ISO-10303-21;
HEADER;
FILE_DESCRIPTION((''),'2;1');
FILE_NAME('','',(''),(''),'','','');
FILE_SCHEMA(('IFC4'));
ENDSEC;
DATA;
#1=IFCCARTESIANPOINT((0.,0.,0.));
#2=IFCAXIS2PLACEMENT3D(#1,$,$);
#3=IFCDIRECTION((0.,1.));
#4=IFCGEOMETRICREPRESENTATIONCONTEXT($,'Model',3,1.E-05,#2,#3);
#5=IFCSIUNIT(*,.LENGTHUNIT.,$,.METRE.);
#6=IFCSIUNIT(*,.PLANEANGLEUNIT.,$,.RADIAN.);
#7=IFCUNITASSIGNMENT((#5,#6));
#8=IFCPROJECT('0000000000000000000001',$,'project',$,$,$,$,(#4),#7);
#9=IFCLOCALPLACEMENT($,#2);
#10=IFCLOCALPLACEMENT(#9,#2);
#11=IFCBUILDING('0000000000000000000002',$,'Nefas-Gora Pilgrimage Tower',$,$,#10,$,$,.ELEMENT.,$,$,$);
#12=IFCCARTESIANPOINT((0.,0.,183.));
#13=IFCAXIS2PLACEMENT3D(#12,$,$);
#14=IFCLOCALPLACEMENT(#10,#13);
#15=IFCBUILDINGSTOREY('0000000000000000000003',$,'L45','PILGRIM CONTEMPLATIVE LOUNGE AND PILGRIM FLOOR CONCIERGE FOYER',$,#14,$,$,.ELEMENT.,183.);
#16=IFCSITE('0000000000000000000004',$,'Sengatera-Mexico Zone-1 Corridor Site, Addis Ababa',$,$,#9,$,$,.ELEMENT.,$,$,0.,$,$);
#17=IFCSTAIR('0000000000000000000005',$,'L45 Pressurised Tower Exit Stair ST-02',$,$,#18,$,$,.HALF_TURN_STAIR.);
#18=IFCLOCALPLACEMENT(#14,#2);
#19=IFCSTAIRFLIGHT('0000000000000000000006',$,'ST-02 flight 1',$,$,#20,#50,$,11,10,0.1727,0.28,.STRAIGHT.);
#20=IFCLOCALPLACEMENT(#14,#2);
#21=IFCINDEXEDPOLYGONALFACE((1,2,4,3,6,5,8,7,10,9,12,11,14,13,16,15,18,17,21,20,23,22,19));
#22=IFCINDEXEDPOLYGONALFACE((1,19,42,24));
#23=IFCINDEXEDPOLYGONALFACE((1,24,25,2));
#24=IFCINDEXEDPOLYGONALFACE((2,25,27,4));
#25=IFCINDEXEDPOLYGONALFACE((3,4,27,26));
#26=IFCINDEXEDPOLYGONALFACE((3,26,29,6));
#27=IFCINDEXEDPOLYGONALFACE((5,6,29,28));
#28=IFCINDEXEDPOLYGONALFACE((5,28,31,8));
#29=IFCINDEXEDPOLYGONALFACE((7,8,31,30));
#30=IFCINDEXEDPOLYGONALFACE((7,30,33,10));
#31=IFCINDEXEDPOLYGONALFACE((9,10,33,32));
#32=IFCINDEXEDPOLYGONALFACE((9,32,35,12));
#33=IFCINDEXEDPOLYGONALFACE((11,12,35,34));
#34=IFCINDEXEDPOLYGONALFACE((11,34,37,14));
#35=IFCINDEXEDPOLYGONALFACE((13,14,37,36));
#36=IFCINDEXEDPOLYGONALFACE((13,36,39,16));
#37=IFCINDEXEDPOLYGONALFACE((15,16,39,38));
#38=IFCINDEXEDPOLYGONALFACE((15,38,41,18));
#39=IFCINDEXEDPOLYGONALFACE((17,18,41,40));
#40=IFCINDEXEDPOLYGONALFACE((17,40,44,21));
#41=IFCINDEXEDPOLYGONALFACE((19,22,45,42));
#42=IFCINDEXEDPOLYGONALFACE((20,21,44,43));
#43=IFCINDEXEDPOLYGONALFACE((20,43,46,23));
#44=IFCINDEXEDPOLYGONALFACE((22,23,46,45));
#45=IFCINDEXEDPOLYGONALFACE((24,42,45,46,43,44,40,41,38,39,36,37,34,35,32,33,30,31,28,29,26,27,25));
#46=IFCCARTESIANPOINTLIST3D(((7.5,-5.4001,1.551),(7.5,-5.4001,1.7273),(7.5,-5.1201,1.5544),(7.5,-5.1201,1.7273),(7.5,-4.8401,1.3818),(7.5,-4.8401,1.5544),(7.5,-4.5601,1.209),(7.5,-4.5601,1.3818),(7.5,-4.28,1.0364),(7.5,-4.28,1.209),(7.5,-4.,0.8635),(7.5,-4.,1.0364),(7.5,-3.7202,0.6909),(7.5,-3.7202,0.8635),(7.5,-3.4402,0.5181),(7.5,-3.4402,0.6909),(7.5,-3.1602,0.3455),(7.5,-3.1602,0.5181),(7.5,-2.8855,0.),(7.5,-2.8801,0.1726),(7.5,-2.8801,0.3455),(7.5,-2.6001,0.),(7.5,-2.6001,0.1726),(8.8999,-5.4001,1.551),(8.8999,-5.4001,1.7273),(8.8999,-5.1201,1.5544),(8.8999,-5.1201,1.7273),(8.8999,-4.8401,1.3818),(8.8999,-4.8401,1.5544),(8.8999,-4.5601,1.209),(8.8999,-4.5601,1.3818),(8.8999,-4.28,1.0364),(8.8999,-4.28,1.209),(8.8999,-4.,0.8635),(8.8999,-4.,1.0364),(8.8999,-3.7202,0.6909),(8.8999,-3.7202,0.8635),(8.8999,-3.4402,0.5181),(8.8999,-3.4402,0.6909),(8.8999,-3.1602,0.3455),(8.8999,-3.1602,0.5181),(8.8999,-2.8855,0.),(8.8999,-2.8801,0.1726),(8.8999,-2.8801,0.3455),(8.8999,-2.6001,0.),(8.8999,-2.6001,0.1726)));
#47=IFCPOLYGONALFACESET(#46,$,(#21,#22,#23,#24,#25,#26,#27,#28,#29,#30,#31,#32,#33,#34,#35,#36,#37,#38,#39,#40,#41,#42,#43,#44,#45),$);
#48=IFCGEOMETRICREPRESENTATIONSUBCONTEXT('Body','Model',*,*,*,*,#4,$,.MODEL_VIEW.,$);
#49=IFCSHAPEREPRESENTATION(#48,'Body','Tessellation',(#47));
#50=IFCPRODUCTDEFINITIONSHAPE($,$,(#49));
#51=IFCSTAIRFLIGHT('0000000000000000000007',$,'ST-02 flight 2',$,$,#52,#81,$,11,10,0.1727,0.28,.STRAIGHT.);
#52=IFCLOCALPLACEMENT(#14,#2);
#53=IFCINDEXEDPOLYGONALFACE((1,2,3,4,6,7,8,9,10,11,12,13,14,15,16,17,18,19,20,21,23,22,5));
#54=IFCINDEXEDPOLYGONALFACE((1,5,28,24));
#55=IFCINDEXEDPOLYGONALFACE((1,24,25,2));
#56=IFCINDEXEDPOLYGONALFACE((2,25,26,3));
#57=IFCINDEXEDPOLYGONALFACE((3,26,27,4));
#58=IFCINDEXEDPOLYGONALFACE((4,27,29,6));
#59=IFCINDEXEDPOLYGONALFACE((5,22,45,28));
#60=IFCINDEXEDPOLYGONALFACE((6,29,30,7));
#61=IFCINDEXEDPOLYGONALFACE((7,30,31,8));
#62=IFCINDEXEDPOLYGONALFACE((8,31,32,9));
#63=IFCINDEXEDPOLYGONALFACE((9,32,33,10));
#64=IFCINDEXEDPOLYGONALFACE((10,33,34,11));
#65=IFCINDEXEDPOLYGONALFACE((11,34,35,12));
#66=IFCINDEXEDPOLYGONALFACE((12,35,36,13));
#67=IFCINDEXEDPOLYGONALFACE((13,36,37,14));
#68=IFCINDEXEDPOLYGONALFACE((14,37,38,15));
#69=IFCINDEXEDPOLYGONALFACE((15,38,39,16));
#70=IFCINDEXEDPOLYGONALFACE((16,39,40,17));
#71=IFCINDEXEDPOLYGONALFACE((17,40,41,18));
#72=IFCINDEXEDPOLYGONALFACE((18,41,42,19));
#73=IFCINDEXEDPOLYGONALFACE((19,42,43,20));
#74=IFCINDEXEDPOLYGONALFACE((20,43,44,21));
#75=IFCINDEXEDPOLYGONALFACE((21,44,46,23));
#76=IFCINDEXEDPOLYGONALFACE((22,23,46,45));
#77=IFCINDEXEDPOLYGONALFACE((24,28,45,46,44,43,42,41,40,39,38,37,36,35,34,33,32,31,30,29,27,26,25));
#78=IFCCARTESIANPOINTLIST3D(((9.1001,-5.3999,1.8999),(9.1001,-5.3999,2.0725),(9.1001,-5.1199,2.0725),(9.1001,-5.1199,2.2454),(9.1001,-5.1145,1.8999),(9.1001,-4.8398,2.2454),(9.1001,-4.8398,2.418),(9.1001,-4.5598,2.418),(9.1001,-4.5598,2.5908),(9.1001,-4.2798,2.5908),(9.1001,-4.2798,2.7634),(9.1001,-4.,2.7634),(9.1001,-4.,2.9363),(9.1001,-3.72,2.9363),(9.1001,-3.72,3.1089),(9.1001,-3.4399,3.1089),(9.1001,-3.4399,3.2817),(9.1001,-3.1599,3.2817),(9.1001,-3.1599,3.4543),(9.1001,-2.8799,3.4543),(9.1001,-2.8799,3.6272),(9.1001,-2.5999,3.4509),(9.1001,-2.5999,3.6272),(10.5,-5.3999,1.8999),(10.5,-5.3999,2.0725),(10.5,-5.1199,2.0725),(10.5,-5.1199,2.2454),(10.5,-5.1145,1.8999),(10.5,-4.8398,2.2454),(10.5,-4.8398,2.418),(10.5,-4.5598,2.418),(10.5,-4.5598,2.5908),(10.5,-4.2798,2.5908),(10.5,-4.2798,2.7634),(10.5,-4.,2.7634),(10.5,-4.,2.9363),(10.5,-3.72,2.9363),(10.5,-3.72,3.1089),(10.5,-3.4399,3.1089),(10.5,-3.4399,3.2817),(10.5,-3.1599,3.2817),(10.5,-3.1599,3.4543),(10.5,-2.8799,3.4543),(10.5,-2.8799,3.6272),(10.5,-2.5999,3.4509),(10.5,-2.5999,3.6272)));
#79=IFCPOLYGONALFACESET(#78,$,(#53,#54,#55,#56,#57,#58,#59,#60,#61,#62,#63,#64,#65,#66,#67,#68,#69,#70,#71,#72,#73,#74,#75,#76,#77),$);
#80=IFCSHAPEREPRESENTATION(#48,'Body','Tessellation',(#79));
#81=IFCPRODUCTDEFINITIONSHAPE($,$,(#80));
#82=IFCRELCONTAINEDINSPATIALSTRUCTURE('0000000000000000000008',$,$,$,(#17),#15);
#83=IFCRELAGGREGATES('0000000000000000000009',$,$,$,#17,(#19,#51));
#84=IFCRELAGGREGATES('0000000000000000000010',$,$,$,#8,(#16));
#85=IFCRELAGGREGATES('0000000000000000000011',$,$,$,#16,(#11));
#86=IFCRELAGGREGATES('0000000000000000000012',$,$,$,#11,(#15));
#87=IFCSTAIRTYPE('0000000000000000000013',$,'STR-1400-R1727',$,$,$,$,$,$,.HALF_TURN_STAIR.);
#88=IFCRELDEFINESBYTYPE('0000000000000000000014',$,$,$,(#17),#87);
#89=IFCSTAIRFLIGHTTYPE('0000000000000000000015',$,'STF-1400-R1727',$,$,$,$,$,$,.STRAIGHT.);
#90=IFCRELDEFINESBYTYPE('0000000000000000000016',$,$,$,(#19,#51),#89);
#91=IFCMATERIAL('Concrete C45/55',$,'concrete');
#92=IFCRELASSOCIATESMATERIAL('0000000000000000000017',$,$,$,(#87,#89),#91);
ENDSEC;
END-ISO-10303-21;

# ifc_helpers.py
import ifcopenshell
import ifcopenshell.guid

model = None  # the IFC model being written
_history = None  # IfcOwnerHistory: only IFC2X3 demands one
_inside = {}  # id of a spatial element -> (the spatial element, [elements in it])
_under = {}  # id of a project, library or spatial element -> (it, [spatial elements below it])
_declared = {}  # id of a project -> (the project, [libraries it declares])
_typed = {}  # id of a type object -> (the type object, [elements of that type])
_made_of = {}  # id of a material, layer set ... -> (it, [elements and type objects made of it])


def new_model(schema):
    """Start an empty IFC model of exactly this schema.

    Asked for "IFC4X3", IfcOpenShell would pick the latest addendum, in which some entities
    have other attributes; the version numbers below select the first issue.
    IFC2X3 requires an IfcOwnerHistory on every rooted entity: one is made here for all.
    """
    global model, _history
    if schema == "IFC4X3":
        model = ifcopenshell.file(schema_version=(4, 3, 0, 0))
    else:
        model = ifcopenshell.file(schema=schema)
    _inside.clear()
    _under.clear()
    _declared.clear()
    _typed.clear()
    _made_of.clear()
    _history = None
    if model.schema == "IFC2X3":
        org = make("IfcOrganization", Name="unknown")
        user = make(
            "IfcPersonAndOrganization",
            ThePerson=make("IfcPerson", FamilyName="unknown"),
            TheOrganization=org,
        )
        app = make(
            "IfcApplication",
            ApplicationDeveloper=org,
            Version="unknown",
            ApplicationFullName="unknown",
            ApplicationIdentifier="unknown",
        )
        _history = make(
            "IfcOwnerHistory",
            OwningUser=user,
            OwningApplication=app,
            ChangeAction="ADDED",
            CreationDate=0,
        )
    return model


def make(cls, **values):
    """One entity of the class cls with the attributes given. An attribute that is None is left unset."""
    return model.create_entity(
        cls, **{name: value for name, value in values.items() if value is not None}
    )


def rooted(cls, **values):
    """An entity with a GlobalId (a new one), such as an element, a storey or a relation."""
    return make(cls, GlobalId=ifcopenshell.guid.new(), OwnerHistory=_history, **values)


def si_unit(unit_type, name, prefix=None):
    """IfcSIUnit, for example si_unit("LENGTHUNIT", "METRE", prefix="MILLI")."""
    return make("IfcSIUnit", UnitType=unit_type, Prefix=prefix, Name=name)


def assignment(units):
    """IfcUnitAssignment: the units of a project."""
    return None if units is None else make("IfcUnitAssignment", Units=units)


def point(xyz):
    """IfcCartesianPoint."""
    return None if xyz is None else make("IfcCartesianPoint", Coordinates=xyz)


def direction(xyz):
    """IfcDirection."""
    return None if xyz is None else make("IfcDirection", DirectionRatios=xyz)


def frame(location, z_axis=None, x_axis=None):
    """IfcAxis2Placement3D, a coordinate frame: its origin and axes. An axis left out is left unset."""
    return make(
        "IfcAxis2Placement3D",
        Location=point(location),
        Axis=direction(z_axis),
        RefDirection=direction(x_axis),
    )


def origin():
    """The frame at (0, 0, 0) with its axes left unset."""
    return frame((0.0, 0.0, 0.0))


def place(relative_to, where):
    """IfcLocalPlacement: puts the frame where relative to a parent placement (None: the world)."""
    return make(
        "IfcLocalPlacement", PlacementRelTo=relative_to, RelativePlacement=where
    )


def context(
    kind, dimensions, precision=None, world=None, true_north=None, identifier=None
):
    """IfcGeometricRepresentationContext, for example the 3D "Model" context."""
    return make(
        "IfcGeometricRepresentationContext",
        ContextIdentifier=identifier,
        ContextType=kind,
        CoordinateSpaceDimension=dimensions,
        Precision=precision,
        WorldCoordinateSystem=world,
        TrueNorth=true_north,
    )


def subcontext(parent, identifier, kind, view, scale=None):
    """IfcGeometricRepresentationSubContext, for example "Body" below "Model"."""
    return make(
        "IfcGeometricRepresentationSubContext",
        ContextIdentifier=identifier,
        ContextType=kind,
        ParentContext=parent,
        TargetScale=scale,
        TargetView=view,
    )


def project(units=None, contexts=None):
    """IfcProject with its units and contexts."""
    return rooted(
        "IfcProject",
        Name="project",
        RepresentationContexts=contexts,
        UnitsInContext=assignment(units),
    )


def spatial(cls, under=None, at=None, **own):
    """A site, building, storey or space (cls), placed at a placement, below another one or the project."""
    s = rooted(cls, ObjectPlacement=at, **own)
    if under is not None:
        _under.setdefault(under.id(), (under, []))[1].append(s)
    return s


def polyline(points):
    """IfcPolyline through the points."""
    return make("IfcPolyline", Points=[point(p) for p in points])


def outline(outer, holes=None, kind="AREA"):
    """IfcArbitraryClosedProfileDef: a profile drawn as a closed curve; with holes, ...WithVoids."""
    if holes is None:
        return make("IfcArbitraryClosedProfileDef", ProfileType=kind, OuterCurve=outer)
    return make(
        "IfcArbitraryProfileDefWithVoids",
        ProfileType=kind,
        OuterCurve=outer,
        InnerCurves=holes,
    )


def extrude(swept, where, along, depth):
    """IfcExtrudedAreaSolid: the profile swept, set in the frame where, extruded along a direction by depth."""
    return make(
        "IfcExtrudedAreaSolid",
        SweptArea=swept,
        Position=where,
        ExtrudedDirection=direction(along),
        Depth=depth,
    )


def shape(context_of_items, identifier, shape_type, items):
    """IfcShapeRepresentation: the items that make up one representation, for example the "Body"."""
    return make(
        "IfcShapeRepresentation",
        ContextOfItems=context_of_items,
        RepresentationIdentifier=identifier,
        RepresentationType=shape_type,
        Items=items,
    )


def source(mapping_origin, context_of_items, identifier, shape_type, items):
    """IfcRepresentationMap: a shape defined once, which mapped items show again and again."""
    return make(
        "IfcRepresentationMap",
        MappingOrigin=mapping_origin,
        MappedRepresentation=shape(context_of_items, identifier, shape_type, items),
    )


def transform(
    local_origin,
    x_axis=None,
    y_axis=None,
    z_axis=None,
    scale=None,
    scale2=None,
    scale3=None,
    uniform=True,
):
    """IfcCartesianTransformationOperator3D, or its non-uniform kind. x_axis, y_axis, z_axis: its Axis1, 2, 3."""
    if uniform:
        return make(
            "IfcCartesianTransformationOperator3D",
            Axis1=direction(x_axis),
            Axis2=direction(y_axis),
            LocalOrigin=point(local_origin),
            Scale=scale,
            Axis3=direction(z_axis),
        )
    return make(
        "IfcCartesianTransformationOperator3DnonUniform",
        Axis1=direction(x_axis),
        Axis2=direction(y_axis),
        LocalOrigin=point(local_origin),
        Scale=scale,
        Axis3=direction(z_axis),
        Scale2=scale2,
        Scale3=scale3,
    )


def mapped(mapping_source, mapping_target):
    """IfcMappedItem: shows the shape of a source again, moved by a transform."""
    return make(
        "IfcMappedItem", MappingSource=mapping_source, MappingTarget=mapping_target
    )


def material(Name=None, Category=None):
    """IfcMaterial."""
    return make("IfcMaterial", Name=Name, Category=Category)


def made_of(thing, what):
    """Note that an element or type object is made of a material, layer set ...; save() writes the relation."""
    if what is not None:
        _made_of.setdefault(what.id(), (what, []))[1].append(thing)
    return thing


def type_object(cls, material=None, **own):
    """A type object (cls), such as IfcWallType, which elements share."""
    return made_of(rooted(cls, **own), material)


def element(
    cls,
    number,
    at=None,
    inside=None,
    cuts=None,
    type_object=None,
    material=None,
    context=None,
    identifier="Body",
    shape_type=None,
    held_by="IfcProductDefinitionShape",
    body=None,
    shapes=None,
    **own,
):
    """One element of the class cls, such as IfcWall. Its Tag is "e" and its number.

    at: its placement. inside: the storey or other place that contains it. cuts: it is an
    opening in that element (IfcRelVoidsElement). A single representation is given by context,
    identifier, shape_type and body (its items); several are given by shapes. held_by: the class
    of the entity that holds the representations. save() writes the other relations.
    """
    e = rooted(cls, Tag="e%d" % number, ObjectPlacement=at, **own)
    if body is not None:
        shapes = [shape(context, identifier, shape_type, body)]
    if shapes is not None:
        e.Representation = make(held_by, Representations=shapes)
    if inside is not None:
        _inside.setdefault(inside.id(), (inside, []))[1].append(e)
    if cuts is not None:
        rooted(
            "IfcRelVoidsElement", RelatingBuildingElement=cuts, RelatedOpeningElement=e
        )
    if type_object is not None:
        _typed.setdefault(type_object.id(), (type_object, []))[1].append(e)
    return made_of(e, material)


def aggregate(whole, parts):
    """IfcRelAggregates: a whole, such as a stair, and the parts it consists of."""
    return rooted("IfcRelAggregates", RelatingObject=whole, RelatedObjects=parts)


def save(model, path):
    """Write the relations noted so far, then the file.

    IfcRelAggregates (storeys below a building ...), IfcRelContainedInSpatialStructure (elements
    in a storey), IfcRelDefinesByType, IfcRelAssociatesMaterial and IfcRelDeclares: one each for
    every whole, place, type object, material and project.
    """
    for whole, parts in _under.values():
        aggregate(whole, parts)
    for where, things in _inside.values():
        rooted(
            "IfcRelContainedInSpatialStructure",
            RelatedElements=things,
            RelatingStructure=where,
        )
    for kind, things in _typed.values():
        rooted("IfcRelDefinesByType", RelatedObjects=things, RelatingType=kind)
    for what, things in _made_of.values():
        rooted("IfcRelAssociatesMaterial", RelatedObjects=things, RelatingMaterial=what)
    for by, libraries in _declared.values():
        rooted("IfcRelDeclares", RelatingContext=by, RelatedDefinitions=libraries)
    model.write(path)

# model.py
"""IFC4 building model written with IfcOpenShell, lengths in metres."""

from ifc_helpers import new_model, si_unit, direction, frame, origin, place, context, subcontext, project, spatial, polyline, outline, extrude, source, transform, mapped, material, type_object, element, aggregate, save


model = new_model("IFC4")

# Units and contexts
model_context = context("Model", 3, precision=1e-05, world=origin(), true_north=direction((0.0, 1.0)))
body_context = subcontext(model_context, "Body", "Model", "MODEL_VIEW")
ifc_project = project(units=[si_unit("LENGTHUNIT", "METRE"), si_unit("PLANEANGLEUNIT", "RADIAN")], contexts=[model_context])

# Site, building, storey
site_placement = place(None, origin())
site = spatial("IfcSite", under=ifc_project, at=site_placement, Name="Sengatera-Mexico Zone-1 Corridor Site, Addis Ababa", CompositionType="ELEMENT", RefElevation=0.0)
building_placement = place(site_placement, origin())
building = spatial("IfcBuilding", under=site, at=building_placement, Name="Nefas-Gora Pilgrimage Tower", CompositionType="ELEMENT")
storey_placement = place(building_placement, frame((0.0, 0.0, 183.0)))
storey = spatial("IfcBuildingStorey", under=building, at=storey_placement, Name="L45", Description="PILGRIM CONTEMPLATIVE LOUNGE AND PILGRIM FLOOR CONCIERGE FOYER", CompositionType="ELEMENT", Elevation=183.0)

# Shared definitions
ifc_material_1 = material(Name="Concrete C45/55", Category="concrete")

# Stair, stair flights
stair_type = type_object("IfcStairType", Name="STR-1400-R1727", PredefinedType="HALF_TURN_STAIR", material=ifc_material_1)
stair_placement = place(storey_placement, origin())
stair = element("IfcStair", 1, at=stair_placement, inside=storey, type_object=stair_type, Name="L45 Pressurised Tower Exit Stair ST-02", PredefinedType="HALF_TURN_STAIR")
stair_flight_type = type_object("IfcStairFlightType", Name="STF-1400-R1727", PredefinedType="STRAIGHT", material=ifc_material_1)
shared_shape_1 = source(origin(), body_context, "Body", "SweptSolid", [
    extrude(outline(polyline([(0.0, 0.0), (0.0, 0.1726), (0.28, 0.1726), (0.28, 0.3455), (0.5601, 0.3455), (0.5601, 0.5181), (0.8401, 0.5181), (0.8401, 0.6909), (1.1201, 0.6909), (1.1201, 0.8635), (1.3999, 0.8635), (1.3999, 1.0364), (1.6799, 1.0364), (1.6799, 1.209), (1.96, 1.209), (1.96, 1.3818), (2.24, 1.3818), (2.24, 1.5544), (2.52, 1.5544), (2.52, 1.7273), (2.8, 1.7273), (2.8, 1.8999), (2.8, 1.551), (0.2854, 0.0), (0.0, 0.0)])), frame((0.0, 0.7, 0.0), z_axis=(0.0, -1.0, 0.0), x_axis=(1.0, 0.0, 0.0)), (0.0, 0.0, 1.0), 1.3999),
])
stair_flight_1_placement = place(storey_placement, frame((8.2, -2.6001, 0.0), z_axis=(0.0, 0.0, 1.0), x_axis=(0.0, -1.0, 0.0)))
stair_flight_1 = element("IfcStairFlight", 2, at=stair_flight_1_placement, type_object=stair_flight_type, Name="ST-02 flight 1", NumberOfRisers=11, NumberOfTreads=10, PredefinedType="STRAIGHT", RiserHeight=0.1727, TreadLength=0.28, context=body_context, shape_type="MappedRepresentation", body=[
    mapped(shared_shape_1, transform((0.0, 0.0, 0.0), x_axis=(1.0, 0.0, 0.0), y_axis=(0.0, 1.0, 0.0), z_axis=(0.0, 0.0, 1.0), scale=1.0)),
])
stair_flight_2_placement = place(storey_placement, frame((9.8, -5.3999, 1.8999), z_axis=(0.0, 0.0, 1.0), x_axis=(0.0, 1.0, 0.0)))
stair_flight_2 = element("IfcStairFlight", 3, at=stair_flight_2_placement, type_object=stair_flight_type, Name="ST-02 flight 2", NumberOfRisers=11, NumberOfTreads=10, PredefinedType="STRAIGHT", RiserHeight=0.1727, TreadLength=0.28, context=body_context, shape_type="MappedRepresentation", body=[
    mapped(shared_shape_1, transform((0.0, 0.0, 0.0), x_axis=(1.0, 0.0, 0.0), y_axis=(0.0, 1.0, 0.0), z_axis=(0.0, 0.0, 1.0), scale=1.0)),
])
aggregate(stair, [stair_flight_1, stair_flight_2])

save(model, "model.ifc")
